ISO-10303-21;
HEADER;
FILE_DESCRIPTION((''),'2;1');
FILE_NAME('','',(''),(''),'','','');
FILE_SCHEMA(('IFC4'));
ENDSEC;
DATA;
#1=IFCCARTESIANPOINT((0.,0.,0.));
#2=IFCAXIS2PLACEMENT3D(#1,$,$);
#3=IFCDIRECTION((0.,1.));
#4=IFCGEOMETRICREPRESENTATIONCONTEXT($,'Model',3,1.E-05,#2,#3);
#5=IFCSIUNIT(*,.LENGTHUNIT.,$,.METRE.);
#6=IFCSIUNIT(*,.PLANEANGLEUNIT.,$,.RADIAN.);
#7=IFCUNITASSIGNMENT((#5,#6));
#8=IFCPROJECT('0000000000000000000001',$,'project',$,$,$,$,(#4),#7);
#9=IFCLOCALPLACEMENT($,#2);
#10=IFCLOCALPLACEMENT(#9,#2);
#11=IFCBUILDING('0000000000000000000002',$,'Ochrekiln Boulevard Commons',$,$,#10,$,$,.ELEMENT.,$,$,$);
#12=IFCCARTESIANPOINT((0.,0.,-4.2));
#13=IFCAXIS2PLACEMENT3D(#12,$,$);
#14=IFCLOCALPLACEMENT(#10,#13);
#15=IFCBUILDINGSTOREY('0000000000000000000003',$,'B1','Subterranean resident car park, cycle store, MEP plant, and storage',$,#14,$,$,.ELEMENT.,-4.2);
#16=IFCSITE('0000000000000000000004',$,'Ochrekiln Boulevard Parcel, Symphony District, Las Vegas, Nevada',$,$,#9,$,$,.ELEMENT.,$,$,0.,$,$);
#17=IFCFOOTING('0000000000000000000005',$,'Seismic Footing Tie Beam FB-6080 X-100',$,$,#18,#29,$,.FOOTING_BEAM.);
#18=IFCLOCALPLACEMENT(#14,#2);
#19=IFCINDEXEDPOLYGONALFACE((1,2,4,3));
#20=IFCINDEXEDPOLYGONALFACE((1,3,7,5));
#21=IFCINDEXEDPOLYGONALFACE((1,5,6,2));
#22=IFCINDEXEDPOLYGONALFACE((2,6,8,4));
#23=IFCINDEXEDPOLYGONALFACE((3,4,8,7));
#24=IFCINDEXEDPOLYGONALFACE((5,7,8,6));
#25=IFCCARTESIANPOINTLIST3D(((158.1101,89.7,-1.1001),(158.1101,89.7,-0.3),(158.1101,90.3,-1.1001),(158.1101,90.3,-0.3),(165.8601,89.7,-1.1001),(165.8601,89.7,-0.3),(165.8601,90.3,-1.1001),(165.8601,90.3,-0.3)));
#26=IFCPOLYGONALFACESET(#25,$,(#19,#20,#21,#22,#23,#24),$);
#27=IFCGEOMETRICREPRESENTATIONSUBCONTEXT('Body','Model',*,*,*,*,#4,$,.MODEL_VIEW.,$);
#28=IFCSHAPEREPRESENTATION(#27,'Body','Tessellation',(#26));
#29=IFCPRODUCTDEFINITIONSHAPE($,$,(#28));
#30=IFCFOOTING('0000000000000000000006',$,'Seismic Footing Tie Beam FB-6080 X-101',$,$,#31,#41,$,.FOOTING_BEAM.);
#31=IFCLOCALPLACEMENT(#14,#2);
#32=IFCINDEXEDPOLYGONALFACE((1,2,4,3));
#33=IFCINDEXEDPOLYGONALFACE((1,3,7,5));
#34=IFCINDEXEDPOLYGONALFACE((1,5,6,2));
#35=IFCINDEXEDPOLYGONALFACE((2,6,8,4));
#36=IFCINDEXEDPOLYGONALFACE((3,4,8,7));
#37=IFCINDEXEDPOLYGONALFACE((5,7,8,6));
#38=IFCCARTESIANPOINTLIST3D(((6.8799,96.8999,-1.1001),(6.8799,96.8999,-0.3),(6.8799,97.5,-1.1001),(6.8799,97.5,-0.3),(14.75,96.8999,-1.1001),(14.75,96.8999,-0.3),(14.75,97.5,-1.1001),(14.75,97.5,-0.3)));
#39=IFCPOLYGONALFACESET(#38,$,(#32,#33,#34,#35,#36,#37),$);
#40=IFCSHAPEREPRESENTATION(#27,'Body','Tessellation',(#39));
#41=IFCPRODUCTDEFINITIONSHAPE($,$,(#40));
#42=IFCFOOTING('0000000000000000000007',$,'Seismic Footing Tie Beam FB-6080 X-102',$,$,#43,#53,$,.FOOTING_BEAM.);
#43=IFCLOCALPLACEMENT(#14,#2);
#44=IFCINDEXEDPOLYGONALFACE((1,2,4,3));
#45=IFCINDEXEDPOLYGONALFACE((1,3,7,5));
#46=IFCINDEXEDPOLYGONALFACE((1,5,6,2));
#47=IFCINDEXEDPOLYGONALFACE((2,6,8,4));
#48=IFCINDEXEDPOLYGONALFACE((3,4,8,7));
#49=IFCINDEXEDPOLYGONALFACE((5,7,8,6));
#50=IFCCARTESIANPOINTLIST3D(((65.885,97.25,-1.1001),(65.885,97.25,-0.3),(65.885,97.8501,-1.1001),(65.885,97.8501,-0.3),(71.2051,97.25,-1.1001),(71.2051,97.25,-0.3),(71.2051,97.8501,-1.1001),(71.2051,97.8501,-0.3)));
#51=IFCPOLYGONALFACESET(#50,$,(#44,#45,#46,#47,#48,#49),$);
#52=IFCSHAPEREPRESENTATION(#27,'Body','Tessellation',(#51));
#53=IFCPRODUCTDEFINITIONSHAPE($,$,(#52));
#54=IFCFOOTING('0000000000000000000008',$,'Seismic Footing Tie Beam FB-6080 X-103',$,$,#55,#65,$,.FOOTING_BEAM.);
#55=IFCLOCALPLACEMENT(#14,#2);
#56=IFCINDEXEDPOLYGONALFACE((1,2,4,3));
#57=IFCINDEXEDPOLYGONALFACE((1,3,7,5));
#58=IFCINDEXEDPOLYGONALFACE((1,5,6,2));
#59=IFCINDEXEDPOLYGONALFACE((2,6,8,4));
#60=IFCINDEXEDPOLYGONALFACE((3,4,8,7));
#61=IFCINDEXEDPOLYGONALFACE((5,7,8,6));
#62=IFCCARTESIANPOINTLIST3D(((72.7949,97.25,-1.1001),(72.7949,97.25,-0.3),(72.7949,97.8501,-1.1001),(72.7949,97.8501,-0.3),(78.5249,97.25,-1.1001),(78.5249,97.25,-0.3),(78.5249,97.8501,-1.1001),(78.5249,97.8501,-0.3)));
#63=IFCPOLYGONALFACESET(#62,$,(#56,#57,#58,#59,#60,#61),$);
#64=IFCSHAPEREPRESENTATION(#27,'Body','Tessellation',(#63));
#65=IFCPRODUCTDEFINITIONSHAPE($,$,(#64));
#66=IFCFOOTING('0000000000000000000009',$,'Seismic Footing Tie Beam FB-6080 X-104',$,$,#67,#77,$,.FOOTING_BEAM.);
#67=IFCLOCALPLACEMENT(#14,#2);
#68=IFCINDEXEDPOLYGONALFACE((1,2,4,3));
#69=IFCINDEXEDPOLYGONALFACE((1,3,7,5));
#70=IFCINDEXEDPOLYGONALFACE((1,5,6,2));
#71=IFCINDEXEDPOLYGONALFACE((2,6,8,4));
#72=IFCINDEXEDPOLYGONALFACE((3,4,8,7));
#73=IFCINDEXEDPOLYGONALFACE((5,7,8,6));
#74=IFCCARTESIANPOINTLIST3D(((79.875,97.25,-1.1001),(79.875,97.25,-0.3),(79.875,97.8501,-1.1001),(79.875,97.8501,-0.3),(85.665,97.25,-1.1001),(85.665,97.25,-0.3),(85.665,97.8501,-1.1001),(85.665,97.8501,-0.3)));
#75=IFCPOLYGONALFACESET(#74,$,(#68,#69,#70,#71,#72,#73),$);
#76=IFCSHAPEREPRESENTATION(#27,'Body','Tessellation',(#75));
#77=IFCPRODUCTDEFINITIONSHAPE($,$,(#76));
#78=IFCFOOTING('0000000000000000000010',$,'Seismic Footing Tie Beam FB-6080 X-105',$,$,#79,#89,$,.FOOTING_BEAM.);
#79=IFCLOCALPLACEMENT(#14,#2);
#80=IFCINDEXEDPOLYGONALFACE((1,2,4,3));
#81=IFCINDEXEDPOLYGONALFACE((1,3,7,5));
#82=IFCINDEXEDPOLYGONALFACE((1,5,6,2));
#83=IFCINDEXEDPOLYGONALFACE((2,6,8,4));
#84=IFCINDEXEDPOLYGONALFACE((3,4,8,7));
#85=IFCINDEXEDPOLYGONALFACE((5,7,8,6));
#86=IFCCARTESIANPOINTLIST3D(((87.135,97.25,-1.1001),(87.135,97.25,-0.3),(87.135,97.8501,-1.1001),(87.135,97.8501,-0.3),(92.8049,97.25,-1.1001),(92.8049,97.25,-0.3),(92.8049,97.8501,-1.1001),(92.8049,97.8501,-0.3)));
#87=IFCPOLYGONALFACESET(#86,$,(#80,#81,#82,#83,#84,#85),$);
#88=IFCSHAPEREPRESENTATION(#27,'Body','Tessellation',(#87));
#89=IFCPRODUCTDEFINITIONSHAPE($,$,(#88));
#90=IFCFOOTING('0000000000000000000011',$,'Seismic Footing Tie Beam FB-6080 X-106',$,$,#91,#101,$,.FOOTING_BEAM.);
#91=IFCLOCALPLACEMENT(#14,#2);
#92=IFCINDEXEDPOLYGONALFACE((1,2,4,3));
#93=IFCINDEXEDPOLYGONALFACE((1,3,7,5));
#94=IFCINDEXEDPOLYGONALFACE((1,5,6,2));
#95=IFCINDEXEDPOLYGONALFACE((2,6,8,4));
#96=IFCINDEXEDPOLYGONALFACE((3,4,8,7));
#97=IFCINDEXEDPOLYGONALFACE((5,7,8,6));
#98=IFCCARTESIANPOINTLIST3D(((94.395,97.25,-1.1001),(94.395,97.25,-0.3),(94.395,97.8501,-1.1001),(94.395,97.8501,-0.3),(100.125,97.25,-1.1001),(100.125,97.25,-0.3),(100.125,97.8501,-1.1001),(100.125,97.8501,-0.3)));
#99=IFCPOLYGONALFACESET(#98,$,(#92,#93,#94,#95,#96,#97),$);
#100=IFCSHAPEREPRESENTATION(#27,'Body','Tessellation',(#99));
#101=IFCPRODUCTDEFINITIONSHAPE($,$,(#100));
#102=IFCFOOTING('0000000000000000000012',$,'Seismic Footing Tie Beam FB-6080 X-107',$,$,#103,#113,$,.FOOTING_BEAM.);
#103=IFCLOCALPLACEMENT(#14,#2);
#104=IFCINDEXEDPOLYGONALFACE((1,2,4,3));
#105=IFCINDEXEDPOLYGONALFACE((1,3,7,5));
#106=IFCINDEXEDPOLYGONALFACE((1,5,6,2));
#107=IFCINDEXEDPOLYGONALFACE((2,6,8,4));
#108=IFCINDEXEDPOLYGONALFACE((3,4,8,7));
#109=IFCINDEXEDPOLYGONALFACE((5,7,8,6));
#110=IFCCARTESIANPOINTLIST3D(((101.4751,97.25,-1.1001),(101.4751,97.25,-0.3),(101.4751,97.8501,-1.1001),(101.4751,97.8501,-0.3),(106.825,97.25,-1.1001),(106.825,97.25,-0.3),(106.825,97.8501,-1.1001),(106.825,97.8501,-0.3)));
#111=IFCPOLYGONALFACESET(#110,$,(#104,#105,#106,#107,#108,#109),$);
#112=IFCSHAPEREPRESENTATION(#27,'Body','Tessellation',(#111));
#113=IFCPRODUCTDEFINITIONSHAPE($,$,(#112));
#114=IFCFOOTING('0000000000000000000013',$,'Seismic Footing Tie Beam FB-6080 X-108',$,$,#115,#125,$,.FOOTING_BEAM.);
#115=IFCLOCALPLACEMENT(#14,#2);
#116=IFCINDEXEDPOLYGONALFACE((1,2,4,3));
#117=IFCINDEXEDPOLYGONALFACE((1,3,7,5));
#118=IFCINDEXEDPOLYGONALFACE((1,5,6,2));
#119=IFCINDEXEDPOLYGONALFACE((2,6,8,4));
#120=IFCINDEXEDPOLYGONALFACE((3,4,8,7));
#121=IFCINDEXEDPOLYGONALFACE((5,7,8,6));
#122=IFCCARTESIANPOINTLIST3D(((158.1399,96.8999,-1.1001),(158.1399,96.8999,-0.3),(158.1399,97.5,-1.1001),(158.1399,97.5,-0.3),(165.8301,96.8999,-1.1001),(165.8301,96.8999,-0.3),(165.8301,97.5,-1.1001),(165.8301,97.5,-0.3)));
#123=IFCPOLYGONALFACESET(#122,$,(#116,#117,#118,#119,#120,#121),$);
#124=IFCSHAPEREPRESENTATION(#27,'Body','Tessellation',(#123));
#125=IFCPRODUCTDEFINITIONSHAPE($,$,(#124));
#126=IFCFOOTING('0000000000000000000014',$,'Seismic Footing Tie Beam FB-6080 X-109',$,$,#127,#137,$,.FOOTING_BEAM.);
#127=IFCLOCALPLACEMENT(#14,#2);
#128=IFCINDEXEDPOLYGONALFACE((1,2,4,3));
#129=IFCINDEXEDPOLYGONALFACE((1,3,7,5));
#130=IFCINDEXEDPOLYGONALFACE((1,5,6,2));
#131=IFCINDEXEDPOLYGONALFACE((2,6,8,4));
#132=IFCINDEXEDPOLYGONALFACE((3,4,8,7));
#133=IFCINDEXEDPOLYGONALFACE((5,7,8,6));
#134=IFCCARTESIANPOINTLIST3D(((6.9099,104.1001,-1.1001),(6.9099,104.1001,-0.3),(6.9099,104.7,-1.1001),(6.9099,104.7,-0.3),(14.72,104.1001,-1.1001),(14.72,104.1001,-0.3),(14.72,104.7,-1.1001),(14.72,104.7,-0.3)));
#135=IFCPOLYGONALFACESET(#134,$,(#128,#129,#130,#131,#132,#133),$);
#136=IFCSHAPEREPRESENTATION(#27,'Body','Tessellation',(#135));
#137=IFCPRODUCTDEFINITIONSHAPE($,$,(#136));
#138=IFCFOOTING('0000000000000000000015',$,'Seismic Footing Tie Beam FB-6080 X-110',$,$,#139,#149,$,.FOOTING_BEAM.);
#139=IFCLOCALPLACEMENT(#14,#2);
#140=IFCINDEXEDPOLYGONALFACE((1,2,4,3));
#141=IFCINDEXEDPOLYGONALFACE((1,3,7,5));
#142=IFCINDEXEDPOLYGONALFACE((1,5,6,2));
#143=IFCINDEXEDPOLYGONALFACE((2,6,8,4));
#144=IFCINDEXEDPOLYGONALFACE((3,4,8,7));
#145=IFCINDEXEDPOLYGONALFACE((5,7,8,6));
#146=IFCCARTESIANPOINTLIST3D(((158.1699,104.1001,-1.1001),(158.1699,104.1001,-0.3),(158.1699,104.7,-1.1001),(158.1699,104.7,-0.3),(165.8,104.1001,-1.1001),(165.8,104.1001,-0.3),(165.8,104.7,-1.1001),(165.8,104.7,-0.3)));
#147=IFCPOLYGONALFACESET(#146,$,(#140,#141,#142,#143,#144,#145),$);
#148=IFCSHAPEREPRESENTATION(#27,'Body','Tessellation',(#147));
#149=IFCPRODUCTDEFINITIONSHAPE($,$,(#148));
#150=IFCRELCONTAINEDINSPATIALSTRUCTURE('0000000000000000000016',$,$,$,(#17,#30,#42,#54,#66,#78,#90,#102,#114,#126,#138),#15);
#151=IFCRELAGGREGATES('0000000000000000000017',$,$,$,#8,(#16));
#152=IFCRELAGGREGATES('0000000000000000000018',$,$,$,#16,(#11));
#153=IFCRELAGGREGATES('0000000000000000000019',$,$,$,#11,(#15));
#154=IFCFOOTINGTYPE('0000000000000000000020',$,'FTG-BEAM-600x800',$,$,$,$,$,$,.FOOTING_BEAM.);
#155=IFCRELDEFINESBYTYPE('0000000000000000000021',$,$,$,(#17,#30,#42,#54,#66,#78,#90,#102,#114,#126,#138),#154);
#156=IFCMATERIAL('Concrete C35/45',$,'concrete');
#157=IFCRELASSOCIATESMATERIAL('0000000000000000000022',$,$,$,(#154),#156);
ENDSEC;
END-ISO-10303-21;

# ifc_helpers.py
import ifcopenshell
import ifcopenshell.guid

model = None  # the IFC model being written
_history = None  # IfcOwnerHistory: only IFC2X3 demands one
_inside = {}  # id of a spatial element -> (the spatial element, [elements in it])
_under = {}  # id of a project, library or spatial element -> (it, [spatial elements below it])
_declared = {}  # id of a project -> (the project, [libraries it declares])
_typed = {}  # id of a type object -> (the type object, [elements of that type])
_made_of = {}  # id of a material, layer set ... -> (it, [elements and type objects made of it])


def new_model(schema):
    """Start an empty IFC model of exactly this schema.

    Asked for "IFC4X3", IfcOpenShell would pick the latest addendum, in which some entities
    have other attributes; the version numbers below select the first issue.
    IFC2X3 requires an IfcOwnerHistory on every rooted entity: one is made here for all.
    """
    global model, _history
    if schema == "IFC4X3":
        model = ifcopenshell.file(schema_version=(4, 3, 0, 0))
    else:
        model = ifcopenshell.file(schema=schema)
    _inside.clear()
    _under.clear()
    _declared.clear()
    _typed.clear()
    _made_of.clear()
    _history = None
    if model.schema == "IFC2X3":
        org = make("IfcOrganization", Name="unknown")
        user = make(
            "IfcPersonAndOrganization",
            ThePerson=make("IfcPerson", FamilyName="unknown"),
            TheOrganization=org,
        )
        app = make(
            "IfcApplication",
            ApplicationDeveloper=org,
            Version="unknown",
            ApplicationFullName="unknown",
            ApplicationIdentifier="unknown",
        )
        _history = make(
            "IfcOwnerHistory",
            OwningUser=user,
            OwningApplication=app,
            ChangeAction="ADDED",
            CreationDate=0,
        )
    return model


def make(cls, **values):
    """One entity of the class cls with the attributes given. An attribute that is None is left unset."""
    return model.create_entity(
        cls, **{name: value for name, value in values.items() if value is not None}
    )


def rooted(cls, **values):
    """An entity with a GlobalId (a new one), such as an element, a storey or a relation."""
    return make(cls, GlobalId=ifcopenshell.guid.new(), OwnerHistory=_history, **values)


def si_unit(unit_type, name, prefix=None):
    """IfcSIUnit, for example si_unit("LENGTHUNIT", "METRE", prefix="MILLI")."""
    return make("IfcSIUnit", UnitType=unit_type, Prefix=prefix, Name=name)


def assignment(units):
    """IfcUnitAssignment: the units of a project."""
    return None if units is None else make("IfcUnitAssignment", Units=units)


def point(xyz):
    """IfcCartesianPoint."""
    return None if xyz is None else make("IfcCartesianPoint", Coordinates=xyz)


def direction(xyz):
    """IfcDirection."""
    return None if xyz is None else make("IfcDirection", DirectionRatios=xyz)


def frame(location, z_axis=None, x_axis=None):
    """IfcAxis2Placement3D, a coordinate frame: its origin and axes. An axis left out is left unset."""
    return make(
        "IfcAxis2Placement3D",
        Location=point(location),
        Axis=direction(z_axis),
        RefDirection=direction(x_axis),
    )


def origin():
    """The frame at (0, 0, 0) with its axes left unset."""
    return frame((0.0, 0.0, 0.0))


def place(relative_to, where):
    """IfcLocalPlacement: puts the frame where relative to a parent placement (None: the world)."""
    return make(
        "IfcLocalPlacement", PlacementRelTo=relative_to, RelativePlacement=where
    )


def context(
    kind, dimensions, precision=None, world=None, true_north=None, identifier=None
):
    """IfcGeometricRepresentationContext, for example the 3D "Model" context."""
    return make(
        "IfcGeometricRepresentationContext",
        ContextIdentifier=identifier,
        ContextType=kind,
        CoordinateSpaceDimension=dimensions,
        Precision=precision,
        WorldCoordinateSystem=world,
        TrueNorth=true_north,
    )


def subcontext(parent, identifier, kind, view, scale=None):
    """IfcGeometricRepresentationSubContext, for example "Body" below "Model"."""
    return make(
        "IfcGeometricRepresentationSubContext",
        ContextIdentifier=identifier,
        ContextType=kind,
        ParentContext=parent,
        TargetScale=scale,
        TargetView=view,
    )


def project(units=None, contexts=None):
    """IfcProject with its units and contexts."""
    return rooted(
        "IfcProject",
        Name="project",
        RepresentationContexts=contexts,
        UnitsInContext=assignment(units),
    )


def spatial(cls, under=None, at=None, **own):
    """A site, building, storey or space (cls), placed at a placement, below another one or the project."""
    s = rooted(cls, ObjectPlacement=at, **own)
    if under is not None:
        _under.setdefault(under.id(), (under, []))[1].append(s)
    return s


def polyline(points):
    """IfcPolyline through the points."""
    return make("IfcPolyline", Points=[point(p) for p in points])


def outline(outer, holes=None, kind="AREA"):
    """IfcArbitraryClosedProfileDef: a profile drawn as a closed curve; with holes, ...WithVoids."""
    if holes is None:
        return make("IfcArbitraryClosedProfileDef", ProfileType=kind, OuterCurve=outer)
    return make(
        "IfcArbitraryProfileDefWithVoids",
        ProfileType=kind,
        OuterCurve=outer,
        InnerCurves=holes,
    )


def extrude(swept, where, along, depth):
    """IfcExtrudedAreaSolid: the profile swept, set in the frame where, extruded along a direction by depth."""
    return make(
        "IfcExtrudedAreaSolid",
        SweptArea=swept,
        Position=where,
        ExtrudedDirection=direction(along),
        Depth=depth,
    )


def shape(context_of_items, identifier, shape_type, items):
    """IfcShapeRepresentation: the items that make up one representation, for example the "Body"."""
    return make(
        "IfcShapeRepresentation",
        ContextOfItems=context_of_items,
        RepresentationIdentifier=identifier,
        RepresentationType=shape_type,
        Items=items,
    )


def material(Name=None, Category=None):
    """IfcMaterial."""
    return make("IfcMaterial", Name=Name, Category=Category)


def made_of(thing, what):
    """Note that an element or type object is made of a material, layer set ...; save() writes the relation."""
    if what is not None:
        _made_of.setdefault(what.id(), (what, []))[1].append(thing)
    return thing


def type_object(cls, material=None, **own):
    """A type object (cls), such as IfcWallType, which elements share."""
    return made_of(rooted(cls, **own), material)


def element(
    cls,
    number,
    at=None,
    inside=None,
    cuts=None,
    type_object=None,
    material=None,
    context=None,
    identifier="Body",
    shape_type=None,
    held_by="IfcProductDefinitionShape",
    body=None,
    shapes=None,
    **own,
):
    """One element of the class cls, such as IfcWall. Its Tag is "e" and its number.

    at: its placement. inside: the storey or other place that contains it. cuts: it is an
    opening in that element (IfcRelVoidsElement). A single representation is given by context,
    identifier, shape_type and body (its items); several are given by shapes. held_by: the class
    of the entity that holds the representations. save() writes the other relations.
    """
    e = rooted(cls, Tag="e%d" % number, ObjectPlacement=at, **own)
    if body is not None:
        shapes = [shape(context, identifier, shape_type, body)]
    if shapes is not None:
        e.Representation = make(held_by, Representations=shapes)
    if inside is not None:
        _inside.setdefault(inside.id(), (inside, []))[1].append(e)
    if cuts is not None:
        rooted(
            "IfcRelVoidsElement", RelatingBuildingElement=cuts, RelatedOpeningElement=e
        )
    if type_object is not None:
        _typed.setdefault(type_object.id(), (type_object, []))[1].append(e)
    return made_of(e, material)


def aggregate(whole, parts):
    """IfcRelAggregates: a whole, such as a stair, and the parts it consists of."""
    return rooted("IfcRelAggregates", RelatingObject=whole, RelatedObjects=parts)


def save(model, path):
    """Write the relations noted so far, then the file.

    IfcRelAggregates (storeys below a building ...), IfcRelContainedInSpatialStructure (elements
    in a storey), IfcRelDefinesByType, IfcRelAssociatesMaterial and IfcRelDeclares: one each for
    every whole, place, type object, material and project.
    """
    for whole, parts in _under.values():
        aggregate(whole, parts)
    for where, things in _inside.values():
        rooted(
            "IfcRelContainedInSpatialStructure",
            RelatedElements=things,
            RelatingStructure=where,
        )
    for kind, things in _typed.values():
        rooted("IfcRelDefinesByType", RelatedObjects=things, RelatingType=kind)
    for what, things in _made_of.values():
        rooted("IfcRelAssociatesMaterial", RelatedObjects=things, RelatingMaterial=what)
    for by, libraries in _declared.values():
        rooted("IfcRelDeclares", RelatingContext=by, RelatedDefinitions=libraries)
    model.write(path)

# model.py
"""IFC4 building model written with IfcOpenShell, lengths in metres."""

from ifc_helpers import new_model, si_unit, direction, frame, origin, place, context, subcontext, project, spatial, polyline, outline, extrude, material, type_object, element, save


model = new_model("IFC4")

# Units and contexts
model_context = context("Model", 3, precision=1e-05, world=origin(), true_north=direction((0.0, 1.0)))
body_context = subcontext(model_context, "Body", "Model", "MODEL_VIEW")
ifc_project = project(units=[si_unit("LENGTHUNIT", "METRE"), si_unit("PLANEANGLEUNIT", "RADIAN")], contexts=[model_context])

# Site, building, storey
site_placement = place(None, origin())
site = spatial("IfcSite", under=ifc_project, at=site_placement, Name="Ochrekiln Boulevard Parcel, Symphony District, Las Vegas, Nevada", CompositionType="ELEMENT", RefElevation=0.0)
building_placement = place(site_placement, origin())
building = spatial("IfcBuilding", under=site, at=building_placement, Name="Ochrekiln Boulevard Commons", CompositionType="ELEMENT")
storey_placement = place(building_placement, frame((0.0, 0.0, -4.2)))
storey = spatial("IfcBuildingStorey", under=building, at=storey_placement, Name="B1", Description="Subterranean resident car park, cycle store, MEP plant, and storage", CompositionType="ELEMENT", Elevation=-4.2)

# Footings
ifc_material = material(Name="Concrete C35/45", Category="concrete")
footing_type = type_object("IfcFootingType", Name="FTG-BEAM-600x800", PredefinedType="FOOTING_BEAM", material=ifc_material)
footing_1_placement = place(storey_placement, frame((0.0, 0.0, -1.1001)))
element("IfcFooting", 1, at=footing_1_placement, inside=storey, type_object=footing_type, Name="Seismic Footing Tie Beam FB-6080 X-100", PredefinedType="FOOTING_BEAM", context=body_context, shape_type="SweptSolid", body=[
    extrude(outline(polyline([(158.1101, 89.7), (165.8601, 89.7), (165.8601, 90.3), (158.1101, 90.3), (158.1101, 89.7)])), origin(), (0.0, 0.0, 1.0), 0.8),
])
footing_2_placement = place(storey_placement, frame((0.0, 0.0, -1.1001)))
element("IfcFooting", 2, at=footing_2_placement, inside=storey, type_object=footing_type, Name="Seismic Footing Tie Beam FB-6080 X-101", PredefinedType="FOOTING_BEAM", context=body_context, shape_type="SweptSolid", body=[
    extrude(outline(polyline([(6.8799, 96.8999), (14.75, 96.8999), (14.75, 97.5), (6.8799, 97.5), (6.8799, 96.8999)])), origin(), (0.0, 0.0, 1.0), 0.8),
])
footing_3_placement = place(storey_placement, frame((0.0, 0.0, -1.1001)))
element("IfcFooting", 3, at=footing_3_placement, inside=storey, type_object=footing_type, Name="Seismic Footing Tie Beam FB-6080 X-102", PredefinedType="FOOTING_BEAM", context=body_context, shape_type="SweptSolid", body=[
    extrude(outline(polyline([(65.885, 97.25), (71.2051, 97.25), (71.2051, 97.8501), (65.885, 97.8501), (65.885, 97.25)])), origin(), (0.0, 0.0, 1.0), 0.8),
])
footing_4_placement = place(storey_placement, frame((0.0, 0.0, -1.1001)))
element("IfcFooting", 4, at=footing_4_placement, inside=storey, type_object=footing_type, Name="Seismic Footing Tie Beam FB-6080 X-103", PredefinedType="FOOTING_BEAM", context=body_context, shape_type="SweptSolid", body=[
    extrude(outline(polyline([(72.7949, 97.25), (78.5249, 97.25), (78.5249, 97.8501), (72.7949, 97.8501), (72.7949, 97.25)])), origin(), (0.0, 0.0, 1.0), 0.8),
])
footing_5_placement = place(storey_placement, frame((0.0, 0.0, -1.1001)))
element("IfcFooting", 5, at=footing_5_placement, inside=storey, type_object=footing_type, Name="Seismic Footing Tie Beam FB-6080 X-104", PredefinedType="FOOTING_BEAM", context=body_context, shape_type="SweptSolid", body=[
    extrude(outline(polyline([(79.875, 97.25), (85.665, 97.25), (85.665, 97.8501), (79.875, 97.8501), (79.875, 97.25)])), origin(), (0.0, 0.0, 1.0), 0.8),
])
footing_6_placement = place(storey_placement, frame((0.0, 0.0, -1.1001)))
element("IfcFooting", 6, at=footing_6_placement, inside=storey, type_object=footing_type, Name="Seismic Footing Tie Beam FB-6080 X-105", PredefinedType="FOOTING_BEAM", context=body_context, shape_type="SweptSolid", body=[
    extrude(outline(polyline([(87.135, 97.25), (92.8049, 97.25), (92.8049, 97.8501), (87.135, 97.8501), (87.135, 97.25)])), origin(), (0.0, 0.0, 1.0), 0.8),
])
footing_7_placement = place(storey_placement, frame((0.0, 0.0, -1.1001)))
element("IfcFooting", 7, at=footing_7_placement, inside=storey, type_object=footing_type, Name="Seismic Footing Tie Beam FB-6080 X-106", PredefinedType="FOOTING_BEAM", context=body_context, shape_type="SweptSolid", body=[
    extrude(outline(polyline([(94.395, 97.25), (100.125, 97.25), (100.125, 97.8501), (94.395, 97.8501), (94.395, 97.25)])), origin(), (0.0, 0.0, 1.0), 0.8),
])
footing_8_placement = place(storey_placement, frame((0.0, 0.0, -1.1001)))
element("IfcFooting", 8, at=footing_8_placement, inside=storey, type_object=footing_type, Name="Seismic Footing Tie Beam FB-6080 X-107", PredefinedType="FOOTING_BEAM", context=body_context, shape_type="SweptSolid", body=[
    extrude(outline(polyline([(101.4751, 97.25), (106.825, 97.25), (106.825, 97.8501), (101.4751, 97.8501), (101.4751, 97.25)])), origin(), (0.0, 0.0, 1.0), 0.8),
])
footing_9_placement = place(storey_placement, frame((0.0, 0.0, -1.1001)))
element("IfcFooting", 9, at=footing_9_placement, inside=storey, type_object=footing_type, Name="Seismic Footing Tie Beam FB-6080 X-108", PredefinedType="FOOTING_BEAM", context=body_context, shape_type="SweptSolid", body=[
    extrude(outline(polyline([(158.1399, 96.8999), (165.8301, 96.8999), (165.8301, 97.5), (158.1399, 97.5), (158.1399, 96.8999)])), origin(), (0.0, 0.0, 1.0), 0.8),
])
footing_10_placement = place(storey_placement, frame((0.0, 0.0, -1.1001)))
element("IfcFooting", 10, at=footing_10_placement, inside=storey, type_object=footing_type, Name="Seismic Footing Tie Beam FB-6080 X-109", PredefinedType="FOOTING_BEAM", context=body_context, shape_type="SweptSolid", body=[
    extrude(outline(polyline([(6.9099, 104.1001), (14.72, 104.1001), (14.72, 104.7), (6.9099, 104.7), (6.9099, 104.1001)])), origin(), (0.0, 0.0, 1.0), 0.8),
])
footing_11_placement = place(storey_placement, frame((0.0, 0.0, -1.1001)))
element("IfcFooting", 11, at=footing_11_placement, inside=storey, type_object=footing_type, Name="Seismic Footing Tie Beam FB-6080 X-110", PredefinedType="FOOTING_BEAM", context=body_context, shape_type="SweptSolid", body=[
    extrude(outline(polyline([(158.1699, 104.1001), (165.8, 104.1001), (165.8, 104.7), (158.1699, 104.7), (158.1699, 104.1001)])), origin(), (0.0, 0.0, 1.0), 0.8),
])

save(model, "model.ifc")
